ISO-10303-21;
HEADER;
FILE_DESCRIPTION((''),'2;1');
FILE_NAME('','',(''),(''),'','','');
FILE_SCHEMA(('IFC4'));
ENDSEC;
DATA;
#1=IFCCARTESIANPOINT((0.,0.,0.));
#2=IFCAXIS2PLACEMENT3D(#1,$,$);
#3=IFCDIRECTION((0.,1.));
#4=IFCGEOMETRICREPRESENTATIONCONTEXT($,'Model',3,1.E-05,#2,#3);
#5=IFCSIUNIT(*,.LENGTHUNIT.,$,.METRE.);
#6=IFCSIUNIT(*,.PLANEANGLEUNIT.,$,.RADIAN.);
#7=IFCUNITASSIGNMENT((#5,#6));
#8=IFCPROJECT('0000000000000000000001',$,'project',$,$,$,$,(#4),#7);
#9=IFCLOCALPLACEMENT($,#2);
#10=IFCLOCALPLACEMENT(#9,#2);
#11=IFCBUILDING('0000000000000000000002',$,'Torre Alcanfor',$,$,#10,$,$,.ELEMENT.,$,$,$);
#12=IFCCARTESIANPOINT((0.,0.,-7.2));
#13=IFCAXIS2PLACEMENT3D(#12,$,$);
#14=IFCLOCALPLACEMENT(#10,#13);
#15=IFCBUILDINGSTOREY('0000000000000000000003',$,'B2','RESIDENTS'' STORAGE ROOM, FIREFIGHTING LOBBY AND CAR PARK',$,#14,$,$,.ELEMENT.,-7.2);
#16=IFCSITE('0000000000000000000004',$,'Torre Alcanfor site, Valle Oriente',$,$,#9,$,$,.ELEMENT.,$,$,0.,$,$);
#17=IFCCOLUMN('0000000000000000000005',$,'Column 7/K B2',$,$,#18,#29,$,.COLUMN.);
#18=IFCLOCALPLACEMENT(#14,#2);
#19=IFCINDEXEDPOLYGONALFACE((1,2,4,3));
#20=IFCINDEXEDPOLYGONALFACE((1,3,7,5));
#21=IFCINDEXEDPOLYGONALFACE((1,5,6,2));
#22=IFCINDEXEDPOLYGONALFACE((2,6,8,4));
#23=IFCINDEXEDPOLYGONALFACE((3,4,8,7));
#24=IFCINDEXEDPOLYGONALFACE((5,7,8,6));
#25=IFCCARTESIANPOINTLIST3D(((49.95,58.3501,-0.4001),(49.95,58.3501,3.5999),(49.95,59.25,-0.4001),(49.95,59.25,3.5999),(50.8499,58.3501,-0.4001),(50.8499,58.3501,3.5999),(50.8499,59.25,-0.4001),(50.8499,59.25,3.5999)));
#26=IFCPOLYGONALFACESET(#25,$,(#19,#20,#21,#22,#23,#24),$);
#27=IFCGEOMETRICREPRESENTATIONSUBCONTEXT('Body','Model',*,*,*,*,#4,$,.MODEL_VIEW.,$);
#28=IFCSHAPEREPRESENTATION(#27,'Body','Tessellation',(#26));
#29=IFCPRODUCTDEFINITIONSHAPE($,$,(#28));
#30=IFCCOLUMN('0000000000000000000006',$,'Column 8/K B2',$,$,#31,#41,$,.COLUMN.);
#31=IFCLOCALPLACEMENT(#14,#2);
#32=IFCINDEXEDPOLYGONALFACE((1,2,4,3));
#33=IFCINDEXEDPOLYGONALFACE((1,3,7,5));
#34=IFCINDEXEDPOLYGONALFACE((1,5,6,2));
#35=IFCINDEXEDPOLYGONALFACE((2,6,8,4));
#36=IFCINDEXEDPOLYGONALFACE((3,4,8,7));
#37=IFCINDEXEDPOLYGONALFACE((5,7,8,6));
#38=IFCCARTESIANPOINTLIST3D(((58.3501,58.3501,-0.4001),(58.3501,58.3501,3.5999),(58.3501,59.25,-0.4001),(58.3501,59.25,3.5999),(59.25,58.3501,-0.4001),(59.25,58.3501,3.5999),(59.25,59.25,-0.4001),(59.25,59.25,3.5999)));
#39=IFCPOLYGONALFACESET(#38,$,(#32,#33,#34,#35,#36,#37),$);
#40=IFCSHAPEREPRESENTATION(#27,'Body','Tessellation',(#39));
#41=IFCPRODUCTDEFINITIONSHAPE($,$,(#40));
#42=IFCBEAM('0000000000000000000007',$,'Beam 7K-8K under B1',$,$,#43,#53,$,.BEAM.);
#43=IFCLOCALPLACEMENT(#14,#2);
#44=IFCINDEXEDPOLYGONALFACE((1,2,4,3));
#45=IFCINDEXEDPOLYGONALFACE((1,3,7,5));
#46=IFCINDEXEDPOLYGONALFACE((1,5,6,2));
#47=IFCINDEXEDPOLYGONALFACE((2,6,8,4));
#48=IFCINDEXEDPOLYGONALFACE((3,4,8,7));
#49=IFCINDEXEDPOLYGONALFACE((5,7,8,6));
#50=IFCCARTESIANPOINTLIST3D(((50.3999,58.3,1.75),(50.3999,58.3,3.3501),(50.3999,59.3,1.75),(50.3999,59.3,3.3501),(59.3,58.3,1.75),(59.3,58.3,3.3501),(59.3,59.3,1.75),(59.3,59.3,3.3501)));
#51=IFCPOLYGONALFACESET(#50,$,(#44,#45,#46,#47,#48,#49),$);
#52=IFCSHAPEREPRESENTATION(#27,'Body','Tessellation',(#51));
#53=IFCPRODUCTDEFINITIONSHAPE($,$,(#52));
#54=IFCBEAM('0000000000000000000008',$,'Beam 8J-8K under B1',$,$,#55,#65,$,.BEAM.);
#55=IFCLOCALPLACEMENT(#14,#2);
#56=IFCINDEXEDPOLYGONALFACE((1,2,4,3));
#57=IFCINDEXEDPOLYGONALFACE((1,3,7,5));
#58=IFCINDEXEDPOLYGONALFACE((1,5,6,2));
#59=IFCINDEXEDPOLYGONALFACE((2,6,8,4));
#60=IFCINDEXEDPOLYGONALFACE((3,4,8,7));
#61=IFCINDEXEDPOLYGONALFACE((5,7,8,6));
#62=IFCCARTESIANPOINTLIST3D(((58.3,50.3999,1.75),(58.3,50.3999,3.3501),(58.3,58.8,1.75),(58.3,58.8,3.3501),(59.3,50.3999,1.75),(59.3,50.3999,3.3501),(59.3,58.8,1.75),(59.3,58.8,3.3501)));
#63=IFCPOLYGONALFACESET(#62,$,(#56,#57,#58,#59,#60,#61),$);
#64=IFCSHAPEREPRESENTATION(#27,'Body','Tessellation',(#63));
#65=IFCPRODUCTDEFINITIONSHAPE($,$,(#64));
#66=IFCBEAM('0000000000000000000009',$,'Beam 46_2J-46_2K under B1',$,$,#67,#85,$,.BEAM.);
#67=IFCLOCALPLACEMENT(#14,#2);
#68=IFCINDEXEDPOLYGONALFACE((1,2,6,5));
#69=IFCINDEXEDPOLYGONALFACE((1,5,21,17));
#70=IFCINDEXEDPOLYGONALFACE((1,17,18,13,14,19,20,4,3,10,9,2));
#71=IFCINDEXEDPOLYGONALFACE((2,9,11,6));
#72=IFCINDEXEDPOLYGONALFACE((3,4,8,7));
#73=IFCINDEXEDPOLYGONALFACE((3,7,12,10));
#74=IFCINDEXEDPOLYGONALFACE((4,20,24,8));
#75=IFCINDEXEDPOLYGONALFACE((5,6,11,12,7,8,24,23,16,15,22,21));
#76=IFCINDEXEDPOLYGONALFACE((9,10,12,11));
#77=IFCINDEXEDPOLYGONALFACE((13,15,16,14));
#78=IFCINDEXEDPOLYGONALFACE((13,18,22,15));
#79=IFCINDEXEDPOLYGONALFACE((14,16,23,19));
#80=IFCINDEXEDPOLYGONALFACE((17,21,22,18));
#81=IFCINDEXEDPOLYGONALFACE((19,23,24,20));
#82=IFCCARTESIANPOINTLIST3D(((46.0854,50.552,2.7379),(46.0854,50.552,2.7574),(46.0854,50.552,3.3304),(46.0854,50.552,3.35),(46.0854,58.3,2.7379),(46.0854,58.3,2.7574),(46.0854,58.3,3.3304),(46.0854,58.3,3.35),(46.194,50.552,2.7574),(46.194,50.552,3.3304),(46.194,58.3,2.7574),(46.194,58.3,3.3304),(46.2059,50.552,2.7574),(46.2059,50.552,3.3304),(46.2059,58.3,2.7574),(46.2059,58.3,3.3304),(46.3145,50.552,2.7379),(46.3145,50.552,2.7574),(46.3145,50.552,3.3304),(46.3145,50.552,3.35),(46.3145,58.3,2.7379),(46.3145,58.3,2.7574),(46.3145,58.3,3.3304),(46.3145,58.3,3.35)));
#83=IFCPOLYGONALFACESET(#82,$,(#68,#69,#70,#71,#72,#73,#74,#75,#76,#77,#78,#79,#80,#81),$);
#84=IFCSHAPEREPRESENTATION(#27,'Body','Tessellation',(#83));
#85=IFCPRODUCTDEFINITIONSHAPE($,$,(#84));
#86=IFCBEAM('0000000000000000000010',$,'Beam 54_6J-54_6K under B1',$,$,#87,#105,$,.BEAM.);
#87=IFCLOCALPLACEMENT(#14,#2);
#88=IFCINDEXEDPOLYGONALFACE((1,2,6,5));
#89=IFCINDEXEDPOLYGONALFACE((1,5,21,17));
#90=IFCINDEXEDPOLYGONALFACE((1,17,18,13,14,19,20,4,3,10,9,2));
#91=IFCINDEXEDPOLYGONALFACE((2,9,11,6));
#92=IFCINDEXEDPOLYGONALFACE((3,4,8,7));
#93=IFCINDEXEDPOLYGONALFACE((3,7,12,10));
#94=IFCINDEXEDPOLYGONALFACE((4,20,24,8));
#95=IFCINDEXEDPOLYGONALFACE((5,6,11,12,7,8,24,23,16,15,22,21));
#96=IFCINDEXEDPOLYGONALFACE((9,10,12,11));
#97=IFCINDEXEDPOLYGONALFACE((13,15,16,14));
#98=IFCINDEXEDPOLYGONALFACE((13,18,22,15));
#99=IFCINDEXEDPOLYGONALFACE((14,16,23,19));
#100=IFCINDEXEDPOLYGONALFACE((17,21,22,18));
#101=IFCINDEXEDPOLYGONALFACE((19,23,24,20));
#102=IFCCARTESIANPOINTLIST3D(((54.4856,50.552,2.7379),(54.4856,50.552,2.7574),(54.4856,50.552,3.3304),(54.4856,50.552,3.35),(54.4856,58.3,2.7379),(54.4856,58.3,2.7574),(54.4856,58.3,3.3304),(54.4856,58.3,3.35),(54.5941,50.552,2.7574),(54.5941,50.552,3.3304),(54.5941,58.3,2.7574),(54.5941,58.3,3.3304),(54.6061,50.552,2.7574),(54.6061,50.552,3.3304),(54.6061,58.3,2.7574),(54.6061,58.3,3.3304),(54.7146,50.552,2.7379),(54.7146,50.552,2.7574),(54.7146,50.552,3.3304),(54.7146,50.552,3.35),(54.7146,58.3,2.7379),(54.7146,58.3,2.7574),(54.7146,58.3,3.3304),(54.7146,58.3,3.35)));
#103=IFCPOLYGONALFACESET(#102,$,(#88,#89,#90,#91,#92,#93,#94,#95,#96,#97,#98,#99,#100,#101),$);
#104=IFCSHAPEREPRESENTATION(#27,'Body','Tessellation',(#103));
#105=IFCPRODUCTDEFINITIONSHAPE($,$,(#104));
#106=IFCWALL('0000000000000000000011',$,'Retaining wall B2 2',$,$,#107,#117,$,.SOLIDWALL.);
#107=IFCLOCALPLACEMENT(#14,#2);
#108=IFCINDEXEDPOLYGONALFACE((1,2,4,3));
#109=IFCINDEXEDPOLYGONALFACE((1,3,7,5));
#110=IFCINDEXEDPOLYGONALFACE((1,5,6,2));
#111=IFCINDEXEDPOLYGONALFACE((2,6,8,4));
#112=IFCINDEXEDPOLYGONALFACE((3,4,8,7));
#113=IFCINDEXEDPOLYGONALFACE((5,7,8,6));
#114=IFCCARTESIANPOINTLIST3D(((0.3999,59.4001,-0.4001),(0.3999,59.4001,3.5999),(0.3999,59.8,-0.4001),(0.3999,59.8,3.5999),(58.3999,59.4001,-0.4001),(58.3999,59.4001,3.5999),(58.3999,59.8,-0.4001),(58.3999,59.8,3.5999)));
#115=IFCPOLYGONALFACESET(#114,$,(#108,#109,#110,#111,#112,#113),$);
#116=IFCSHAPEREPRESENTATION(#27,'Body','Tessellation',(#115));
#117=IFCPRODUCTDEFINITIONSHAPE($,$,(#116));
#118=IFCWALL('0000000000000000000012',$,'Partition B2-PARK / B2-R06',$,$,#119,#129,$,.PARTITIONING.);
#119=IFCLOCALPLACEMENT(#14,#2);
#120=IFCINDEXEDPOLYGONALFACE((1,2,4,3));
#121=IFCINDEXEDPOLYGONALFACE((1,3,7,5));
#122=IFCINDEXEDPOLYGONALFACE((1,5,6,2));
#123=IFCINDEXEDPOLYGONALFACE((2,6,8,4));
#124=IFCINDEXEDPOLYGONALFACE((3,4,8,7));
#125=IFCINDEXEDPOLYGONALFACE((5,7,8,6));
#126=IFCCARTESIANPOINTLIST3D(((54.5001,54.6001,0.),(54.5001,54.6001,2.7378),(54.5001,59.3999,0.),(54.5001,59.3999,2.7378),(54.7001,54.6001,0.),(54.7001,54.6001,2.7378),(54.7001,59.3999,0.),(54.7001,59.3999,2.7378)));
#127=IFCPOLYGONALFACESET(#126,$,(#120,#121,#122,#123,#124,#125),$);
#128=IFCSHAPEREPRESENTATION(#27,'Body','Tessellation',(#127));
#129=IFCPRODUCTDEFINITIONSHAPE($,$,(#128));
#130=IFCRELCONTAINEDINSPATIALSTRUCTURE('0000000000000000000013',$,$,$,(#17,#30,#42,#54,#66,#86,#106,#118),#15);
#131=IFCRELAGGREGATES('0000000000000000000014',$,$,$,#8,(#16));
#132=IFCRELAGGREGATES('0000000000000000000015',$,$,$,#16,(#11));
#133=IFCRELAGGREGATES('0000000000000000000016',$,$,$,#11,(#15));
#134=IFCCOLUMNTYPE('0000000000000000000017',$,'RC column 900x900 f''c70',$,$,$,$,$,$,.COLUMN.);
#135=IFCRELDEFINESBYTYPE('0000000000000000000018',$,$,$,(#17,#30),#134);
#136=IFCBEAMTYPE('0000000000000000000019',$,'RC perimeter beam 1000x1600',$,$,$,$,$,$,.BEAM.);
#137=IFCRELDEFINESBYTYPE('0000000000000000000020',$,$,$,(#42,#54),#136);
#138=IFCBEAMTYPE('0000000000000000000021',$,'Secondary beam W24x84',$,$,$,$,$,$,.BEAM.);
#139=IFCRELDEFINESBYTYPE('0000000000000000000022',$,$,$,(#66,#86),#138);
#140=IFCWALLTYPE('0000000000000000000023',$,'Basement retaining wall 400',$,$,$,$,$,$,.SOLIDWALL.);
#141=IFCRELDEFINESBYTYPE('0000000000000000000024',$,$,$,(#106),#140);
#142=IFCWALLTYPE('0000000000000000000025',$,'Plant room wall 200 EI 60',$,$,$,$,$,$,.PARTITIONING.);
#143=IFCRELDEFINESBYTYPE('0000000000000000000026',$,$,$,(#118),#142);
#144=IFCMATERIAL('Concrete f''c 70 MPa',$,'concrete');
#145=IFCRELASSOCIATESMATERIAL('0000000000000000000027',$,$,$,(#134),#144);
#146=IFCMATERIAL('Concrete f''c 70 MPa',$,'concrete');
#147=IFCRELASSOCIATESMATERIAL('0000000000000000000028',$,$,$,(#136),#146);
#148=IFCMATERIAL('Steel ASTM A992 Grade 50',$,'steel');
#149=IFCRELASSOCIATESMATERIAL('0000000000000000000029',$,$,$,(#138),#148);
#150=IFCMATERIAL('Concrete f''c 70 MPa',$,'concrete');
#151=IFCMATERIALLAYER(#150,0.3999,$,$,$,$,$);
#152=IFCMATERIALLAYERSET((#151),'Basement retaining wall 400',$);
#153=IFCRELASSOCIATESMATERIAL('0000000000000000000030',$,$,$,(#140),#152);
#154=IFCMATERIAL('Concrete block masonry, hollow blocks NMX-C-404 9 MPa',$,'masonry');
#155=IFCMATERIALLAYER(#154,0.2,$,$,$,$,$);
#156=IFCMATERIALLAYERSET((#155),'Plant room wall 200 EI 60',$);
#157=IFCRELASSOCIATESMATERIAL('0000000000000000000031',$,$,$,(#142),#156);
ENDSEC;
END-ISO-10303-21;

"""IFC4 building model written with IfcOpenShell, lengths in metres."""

from ifc_helpers import new_model, si_unit, direction, frame, frame_2d, origin, origin_2d, place, context, subcontext, project, spatial, rectangle, i_section, extrude, material, layer, layer_set, material_profile, profile_set, type_object, element, save


model = new_model("IFC4")

# Units and contexts
model_context = context("Model", 3, precision=1e-05, world=origin(), true_north=direction((0.0, 1.0)))
body_context = subcontext(model_context, "Body", "Model", "MODEL_VIEW")
ifc_project = project(units=[si_unit("LENGTHUNIT", "METRE"), si_unit("PLANEANGLEUNIT", "RADIAN")], contexts=[model_context])

# Site, building, storey
site_placement = place(None, origin())
site = spatial("IfcSite", under=ifc_project, at=site_placement, Name="Torre Alcanfor site, Valle Oriente", CompositionType="ELEMENT", RefElevation=0.0)
building_placement = place(site_placement, origin())
building = spatial("IfcBuilding", under=site, at=building_placement, Name="Torre Alcanfor", CompositionType="ELEMENT")
storey_placement = place(building_placement, frame((0.0, 0.0, -7.2)))
storey = spatial("IfcBuildingStorey", under=building, at=storey_placement, Name="B2", Description="RESIDENTS' STORAGE ROOM, FIREFIGHTING LOBBY AND CAR PARK", CompositionType="ELEMENT", Elevation=-7.2)

# Columns
ifc_material_1 = material(Name="Concrete f'c 70 MPa", Category="concrete")
ifc_material_profile_1 = material_profile(ifc_material_1, rectangle(XDim=0.8999, YDim=0.8999, at=origin_2d()), Name="900x900")
ifc_profile_set_1 = profile_set([ifc_material_profile_1], Name="Concrete f'c 70 MPa")
column_type = type_object("IfcColumnType", Name="RC column 900x900 f'c70", PredefinedType="COLUMN", material=ifc_profile_set_1)
for number, where, z_axis, x_axis, name in (
    (1, (50.3999, 58.8, -0.4001), (0.0, 0.0, 1.0), (1.0, 0.0, 0.0), "Column 7/K B2"),
    (2, (58.8, 58.8, -0.4001), (0.0, 0.0, 1.0), (1.0, 0.0, 0.0), "Column 8/K B2"),
):
    element("IfcColumn", number, at=place(storey_placement, frame(where, z_axis=z_axis, x_axis=x_axis)), inside=storey, type_object=column_type, Name=name, PredefinedType="COLUMN", context=body_context, shape_type="SweptSolid", body=[
        extrude(rectangle(XDim=0.8999, YDim=0.8999, at=origin_2d()), origin(), (0.0, 0.0, 1.0), 4.0),
    ])

# Beams
ifc_material_2 = material(Name="Concrete f'c 70 MPa", Category="concrete")
ifc_material_profile_2 = material_profile(ifc_material_2, rectangle(XDim=1.0, YDim=1.6001, at=origin_2d()), Name="1000x1600")
ifc_profile_set_2 = profile_set([ifc_material_profile_2], Name="Concrete f'c 70 MPa")
beam_type_1 = type_object("IfcBeamType", Name="RC perimeter beam 1000x1600", PredefinedType="BEAM", material=ifc_profile_set_2)
beam_1_placement = place(storey_placement, frame((50.3999, 58.8, 2.55), z_axis=(1.0, 0.0, 0.0), x_axis=(0.0, 1.0, 0.0)))
element("IfcBeam", 3, at=beam_1_placement, inside=storey, type_object=beam_type_1, Name="Beam 7K-8K under B1", PredefinedType="BEAM", context=body_context, shape_type="SweptSolid", body=[
    extrude(rectangle(XDim=1.0, YDim=1.6001, at=origin_2d()), origin(), (0.0, 0.0, 1.0), 8.9001),
])
beam_2_placement = place(storey_placement, frame((58.8, 50.3999, 2.55), z_axis=(0.0, 1.0, 0.0), x_axis=(-1.0, 0.0, 0.0)))
element("IfcBeam", 4, at=beam_2_placement, inside=storey, type_object=beam_type_1, Name="Beam 8J-8K under B1", PredefinedType="BEAM", context=body_context, shape_type="SweptSolid", body=[
    extrude(rectangle(XDim=1.0, YDim=1.6001, at=origin_2d()), origin(), (0.0, 0.0, 1.0), 8.4001),
])
ifc_material_3 = material(Name="Steel ASTM A992 Grade 50", Category="steel")
ifc_material_profile_3 = material_profile(ifc_material_3, i_section(OverallWidth=0.229, OverallDepth=0.6121, WebThickness=0.012, FlangeThickness=0.0195, at=origin_2d()), Name="W24x84")
ifc_profile_set_3 = profile_set([ifc_material_profile_3], Name="Steel ASTM A992 Grade 50")
beam_type_2 = type_object("IfcBeamType", Name="Secondary beam W24x84", PredefinedType="BEAM", material=ifc_profile_set_3)
for number, where, z_axis, x_axis, name in (
    (5, (46.2, 50.552, 3.0439), (0.0, 1.0, 0.0), (-1.0, 0.0, 0.0), "Beam 46_2J-46_2K under B1"),
    (6, (54.6001, 50.552, 3.0439), (0.0, 1.0, 0.0), (-1.0, 0.0, 0.0), "Beam 54_6J-54_6K under B1"),
):
    element("IfcBeam", number, at=place(storey_placement, frame(where, z_axis=z_axis, x_axis=x_axis)), inside=storey, type_object=beam_type_2, Name=name, PredefinedType="BEAM", context=body_context, shape_type="SweptSolid", body=[
        extrude(i_section(OverallWidth=0.229, OverallDepth=0.6121, WebThickness=0.012, FlangeThickness=0.0195, at=origin_2d()), origin(), (0.0, 0.0, 1.0), 7.748),
    ])

# Walls
ifc_material_4 = material(Name="Concrete f'c 70 MPa", Category="concrete")
ifc_layer_1 = layer(ifc_material_4, 0.3999)
ifc_layer_set_1 = layer_set([ifc_layer_1], Name="Basement retaining wall 400")
wall_type_1 = type_object("IfcWallType", Name="Basement retaining wall 400", PredefinedType="SOLIDWALL", material=ifc_layer_set_1)
wall_1_placement = place(storey_placement, frame((58.3999, 59.6001, -0.4001), z_axis=(0.0, 0.0, 1.0), x_axis=(-1.0, 0.0, 0.0)))
element("IfcWall", 7, at=wall_1_placement, inside=storey, type_object=wall_type_1, Name="Retaining wall B2 2", PredefinedType="SOLIDWALL", context=body_context, shape_type="SweptSolid", body=[
    extrude(rectangle(XDim=58.0, YDim=0.3999, at=frame_2d((29.0, 0.0))), origin(), (0.0, 0.0, 1.0), 4.0),
])
ifc_material_5 = material(Name="Concrete block masonry, hollow blocks NMX-C-404 9 MPa", Category="masonry")
ifc_layer_2 = layer(ifc_material_5, 0.2)
ifc_layer_set_2 = layer_set([ifc_layer_2], Name="Plant room wall 200 EI 60")
wall_type_2 = type_object("IfcWallType", Name="Plant room wall 200 EI 60", PredefinedType="PARTITIONING", material=ifc_layer_set_2)
wall_2_placement = place(storey_placement, frame((54.6001, 54.6001, 0.0), z_axis=(0.0, 0.0, 1.0), x_axis=(0.0, 1.0, 0.0)))
element("IfcWall", 8, at=wall_2_placement, inside=storey, type_object=wall_type_2, Name="Partition B2-PARK / B2-R06", PredefinedType="PARTITIONING", context=body_context, shape_type="SweptSolid", body=[
    extrude(rectangle(XDim=4.7998, YDim=0.2, at=frame_2d((2.3999, 0.0))), origin(), (0.0, 0.0, 1.0), 2.7378),
])

save(model, "model.ifc")
